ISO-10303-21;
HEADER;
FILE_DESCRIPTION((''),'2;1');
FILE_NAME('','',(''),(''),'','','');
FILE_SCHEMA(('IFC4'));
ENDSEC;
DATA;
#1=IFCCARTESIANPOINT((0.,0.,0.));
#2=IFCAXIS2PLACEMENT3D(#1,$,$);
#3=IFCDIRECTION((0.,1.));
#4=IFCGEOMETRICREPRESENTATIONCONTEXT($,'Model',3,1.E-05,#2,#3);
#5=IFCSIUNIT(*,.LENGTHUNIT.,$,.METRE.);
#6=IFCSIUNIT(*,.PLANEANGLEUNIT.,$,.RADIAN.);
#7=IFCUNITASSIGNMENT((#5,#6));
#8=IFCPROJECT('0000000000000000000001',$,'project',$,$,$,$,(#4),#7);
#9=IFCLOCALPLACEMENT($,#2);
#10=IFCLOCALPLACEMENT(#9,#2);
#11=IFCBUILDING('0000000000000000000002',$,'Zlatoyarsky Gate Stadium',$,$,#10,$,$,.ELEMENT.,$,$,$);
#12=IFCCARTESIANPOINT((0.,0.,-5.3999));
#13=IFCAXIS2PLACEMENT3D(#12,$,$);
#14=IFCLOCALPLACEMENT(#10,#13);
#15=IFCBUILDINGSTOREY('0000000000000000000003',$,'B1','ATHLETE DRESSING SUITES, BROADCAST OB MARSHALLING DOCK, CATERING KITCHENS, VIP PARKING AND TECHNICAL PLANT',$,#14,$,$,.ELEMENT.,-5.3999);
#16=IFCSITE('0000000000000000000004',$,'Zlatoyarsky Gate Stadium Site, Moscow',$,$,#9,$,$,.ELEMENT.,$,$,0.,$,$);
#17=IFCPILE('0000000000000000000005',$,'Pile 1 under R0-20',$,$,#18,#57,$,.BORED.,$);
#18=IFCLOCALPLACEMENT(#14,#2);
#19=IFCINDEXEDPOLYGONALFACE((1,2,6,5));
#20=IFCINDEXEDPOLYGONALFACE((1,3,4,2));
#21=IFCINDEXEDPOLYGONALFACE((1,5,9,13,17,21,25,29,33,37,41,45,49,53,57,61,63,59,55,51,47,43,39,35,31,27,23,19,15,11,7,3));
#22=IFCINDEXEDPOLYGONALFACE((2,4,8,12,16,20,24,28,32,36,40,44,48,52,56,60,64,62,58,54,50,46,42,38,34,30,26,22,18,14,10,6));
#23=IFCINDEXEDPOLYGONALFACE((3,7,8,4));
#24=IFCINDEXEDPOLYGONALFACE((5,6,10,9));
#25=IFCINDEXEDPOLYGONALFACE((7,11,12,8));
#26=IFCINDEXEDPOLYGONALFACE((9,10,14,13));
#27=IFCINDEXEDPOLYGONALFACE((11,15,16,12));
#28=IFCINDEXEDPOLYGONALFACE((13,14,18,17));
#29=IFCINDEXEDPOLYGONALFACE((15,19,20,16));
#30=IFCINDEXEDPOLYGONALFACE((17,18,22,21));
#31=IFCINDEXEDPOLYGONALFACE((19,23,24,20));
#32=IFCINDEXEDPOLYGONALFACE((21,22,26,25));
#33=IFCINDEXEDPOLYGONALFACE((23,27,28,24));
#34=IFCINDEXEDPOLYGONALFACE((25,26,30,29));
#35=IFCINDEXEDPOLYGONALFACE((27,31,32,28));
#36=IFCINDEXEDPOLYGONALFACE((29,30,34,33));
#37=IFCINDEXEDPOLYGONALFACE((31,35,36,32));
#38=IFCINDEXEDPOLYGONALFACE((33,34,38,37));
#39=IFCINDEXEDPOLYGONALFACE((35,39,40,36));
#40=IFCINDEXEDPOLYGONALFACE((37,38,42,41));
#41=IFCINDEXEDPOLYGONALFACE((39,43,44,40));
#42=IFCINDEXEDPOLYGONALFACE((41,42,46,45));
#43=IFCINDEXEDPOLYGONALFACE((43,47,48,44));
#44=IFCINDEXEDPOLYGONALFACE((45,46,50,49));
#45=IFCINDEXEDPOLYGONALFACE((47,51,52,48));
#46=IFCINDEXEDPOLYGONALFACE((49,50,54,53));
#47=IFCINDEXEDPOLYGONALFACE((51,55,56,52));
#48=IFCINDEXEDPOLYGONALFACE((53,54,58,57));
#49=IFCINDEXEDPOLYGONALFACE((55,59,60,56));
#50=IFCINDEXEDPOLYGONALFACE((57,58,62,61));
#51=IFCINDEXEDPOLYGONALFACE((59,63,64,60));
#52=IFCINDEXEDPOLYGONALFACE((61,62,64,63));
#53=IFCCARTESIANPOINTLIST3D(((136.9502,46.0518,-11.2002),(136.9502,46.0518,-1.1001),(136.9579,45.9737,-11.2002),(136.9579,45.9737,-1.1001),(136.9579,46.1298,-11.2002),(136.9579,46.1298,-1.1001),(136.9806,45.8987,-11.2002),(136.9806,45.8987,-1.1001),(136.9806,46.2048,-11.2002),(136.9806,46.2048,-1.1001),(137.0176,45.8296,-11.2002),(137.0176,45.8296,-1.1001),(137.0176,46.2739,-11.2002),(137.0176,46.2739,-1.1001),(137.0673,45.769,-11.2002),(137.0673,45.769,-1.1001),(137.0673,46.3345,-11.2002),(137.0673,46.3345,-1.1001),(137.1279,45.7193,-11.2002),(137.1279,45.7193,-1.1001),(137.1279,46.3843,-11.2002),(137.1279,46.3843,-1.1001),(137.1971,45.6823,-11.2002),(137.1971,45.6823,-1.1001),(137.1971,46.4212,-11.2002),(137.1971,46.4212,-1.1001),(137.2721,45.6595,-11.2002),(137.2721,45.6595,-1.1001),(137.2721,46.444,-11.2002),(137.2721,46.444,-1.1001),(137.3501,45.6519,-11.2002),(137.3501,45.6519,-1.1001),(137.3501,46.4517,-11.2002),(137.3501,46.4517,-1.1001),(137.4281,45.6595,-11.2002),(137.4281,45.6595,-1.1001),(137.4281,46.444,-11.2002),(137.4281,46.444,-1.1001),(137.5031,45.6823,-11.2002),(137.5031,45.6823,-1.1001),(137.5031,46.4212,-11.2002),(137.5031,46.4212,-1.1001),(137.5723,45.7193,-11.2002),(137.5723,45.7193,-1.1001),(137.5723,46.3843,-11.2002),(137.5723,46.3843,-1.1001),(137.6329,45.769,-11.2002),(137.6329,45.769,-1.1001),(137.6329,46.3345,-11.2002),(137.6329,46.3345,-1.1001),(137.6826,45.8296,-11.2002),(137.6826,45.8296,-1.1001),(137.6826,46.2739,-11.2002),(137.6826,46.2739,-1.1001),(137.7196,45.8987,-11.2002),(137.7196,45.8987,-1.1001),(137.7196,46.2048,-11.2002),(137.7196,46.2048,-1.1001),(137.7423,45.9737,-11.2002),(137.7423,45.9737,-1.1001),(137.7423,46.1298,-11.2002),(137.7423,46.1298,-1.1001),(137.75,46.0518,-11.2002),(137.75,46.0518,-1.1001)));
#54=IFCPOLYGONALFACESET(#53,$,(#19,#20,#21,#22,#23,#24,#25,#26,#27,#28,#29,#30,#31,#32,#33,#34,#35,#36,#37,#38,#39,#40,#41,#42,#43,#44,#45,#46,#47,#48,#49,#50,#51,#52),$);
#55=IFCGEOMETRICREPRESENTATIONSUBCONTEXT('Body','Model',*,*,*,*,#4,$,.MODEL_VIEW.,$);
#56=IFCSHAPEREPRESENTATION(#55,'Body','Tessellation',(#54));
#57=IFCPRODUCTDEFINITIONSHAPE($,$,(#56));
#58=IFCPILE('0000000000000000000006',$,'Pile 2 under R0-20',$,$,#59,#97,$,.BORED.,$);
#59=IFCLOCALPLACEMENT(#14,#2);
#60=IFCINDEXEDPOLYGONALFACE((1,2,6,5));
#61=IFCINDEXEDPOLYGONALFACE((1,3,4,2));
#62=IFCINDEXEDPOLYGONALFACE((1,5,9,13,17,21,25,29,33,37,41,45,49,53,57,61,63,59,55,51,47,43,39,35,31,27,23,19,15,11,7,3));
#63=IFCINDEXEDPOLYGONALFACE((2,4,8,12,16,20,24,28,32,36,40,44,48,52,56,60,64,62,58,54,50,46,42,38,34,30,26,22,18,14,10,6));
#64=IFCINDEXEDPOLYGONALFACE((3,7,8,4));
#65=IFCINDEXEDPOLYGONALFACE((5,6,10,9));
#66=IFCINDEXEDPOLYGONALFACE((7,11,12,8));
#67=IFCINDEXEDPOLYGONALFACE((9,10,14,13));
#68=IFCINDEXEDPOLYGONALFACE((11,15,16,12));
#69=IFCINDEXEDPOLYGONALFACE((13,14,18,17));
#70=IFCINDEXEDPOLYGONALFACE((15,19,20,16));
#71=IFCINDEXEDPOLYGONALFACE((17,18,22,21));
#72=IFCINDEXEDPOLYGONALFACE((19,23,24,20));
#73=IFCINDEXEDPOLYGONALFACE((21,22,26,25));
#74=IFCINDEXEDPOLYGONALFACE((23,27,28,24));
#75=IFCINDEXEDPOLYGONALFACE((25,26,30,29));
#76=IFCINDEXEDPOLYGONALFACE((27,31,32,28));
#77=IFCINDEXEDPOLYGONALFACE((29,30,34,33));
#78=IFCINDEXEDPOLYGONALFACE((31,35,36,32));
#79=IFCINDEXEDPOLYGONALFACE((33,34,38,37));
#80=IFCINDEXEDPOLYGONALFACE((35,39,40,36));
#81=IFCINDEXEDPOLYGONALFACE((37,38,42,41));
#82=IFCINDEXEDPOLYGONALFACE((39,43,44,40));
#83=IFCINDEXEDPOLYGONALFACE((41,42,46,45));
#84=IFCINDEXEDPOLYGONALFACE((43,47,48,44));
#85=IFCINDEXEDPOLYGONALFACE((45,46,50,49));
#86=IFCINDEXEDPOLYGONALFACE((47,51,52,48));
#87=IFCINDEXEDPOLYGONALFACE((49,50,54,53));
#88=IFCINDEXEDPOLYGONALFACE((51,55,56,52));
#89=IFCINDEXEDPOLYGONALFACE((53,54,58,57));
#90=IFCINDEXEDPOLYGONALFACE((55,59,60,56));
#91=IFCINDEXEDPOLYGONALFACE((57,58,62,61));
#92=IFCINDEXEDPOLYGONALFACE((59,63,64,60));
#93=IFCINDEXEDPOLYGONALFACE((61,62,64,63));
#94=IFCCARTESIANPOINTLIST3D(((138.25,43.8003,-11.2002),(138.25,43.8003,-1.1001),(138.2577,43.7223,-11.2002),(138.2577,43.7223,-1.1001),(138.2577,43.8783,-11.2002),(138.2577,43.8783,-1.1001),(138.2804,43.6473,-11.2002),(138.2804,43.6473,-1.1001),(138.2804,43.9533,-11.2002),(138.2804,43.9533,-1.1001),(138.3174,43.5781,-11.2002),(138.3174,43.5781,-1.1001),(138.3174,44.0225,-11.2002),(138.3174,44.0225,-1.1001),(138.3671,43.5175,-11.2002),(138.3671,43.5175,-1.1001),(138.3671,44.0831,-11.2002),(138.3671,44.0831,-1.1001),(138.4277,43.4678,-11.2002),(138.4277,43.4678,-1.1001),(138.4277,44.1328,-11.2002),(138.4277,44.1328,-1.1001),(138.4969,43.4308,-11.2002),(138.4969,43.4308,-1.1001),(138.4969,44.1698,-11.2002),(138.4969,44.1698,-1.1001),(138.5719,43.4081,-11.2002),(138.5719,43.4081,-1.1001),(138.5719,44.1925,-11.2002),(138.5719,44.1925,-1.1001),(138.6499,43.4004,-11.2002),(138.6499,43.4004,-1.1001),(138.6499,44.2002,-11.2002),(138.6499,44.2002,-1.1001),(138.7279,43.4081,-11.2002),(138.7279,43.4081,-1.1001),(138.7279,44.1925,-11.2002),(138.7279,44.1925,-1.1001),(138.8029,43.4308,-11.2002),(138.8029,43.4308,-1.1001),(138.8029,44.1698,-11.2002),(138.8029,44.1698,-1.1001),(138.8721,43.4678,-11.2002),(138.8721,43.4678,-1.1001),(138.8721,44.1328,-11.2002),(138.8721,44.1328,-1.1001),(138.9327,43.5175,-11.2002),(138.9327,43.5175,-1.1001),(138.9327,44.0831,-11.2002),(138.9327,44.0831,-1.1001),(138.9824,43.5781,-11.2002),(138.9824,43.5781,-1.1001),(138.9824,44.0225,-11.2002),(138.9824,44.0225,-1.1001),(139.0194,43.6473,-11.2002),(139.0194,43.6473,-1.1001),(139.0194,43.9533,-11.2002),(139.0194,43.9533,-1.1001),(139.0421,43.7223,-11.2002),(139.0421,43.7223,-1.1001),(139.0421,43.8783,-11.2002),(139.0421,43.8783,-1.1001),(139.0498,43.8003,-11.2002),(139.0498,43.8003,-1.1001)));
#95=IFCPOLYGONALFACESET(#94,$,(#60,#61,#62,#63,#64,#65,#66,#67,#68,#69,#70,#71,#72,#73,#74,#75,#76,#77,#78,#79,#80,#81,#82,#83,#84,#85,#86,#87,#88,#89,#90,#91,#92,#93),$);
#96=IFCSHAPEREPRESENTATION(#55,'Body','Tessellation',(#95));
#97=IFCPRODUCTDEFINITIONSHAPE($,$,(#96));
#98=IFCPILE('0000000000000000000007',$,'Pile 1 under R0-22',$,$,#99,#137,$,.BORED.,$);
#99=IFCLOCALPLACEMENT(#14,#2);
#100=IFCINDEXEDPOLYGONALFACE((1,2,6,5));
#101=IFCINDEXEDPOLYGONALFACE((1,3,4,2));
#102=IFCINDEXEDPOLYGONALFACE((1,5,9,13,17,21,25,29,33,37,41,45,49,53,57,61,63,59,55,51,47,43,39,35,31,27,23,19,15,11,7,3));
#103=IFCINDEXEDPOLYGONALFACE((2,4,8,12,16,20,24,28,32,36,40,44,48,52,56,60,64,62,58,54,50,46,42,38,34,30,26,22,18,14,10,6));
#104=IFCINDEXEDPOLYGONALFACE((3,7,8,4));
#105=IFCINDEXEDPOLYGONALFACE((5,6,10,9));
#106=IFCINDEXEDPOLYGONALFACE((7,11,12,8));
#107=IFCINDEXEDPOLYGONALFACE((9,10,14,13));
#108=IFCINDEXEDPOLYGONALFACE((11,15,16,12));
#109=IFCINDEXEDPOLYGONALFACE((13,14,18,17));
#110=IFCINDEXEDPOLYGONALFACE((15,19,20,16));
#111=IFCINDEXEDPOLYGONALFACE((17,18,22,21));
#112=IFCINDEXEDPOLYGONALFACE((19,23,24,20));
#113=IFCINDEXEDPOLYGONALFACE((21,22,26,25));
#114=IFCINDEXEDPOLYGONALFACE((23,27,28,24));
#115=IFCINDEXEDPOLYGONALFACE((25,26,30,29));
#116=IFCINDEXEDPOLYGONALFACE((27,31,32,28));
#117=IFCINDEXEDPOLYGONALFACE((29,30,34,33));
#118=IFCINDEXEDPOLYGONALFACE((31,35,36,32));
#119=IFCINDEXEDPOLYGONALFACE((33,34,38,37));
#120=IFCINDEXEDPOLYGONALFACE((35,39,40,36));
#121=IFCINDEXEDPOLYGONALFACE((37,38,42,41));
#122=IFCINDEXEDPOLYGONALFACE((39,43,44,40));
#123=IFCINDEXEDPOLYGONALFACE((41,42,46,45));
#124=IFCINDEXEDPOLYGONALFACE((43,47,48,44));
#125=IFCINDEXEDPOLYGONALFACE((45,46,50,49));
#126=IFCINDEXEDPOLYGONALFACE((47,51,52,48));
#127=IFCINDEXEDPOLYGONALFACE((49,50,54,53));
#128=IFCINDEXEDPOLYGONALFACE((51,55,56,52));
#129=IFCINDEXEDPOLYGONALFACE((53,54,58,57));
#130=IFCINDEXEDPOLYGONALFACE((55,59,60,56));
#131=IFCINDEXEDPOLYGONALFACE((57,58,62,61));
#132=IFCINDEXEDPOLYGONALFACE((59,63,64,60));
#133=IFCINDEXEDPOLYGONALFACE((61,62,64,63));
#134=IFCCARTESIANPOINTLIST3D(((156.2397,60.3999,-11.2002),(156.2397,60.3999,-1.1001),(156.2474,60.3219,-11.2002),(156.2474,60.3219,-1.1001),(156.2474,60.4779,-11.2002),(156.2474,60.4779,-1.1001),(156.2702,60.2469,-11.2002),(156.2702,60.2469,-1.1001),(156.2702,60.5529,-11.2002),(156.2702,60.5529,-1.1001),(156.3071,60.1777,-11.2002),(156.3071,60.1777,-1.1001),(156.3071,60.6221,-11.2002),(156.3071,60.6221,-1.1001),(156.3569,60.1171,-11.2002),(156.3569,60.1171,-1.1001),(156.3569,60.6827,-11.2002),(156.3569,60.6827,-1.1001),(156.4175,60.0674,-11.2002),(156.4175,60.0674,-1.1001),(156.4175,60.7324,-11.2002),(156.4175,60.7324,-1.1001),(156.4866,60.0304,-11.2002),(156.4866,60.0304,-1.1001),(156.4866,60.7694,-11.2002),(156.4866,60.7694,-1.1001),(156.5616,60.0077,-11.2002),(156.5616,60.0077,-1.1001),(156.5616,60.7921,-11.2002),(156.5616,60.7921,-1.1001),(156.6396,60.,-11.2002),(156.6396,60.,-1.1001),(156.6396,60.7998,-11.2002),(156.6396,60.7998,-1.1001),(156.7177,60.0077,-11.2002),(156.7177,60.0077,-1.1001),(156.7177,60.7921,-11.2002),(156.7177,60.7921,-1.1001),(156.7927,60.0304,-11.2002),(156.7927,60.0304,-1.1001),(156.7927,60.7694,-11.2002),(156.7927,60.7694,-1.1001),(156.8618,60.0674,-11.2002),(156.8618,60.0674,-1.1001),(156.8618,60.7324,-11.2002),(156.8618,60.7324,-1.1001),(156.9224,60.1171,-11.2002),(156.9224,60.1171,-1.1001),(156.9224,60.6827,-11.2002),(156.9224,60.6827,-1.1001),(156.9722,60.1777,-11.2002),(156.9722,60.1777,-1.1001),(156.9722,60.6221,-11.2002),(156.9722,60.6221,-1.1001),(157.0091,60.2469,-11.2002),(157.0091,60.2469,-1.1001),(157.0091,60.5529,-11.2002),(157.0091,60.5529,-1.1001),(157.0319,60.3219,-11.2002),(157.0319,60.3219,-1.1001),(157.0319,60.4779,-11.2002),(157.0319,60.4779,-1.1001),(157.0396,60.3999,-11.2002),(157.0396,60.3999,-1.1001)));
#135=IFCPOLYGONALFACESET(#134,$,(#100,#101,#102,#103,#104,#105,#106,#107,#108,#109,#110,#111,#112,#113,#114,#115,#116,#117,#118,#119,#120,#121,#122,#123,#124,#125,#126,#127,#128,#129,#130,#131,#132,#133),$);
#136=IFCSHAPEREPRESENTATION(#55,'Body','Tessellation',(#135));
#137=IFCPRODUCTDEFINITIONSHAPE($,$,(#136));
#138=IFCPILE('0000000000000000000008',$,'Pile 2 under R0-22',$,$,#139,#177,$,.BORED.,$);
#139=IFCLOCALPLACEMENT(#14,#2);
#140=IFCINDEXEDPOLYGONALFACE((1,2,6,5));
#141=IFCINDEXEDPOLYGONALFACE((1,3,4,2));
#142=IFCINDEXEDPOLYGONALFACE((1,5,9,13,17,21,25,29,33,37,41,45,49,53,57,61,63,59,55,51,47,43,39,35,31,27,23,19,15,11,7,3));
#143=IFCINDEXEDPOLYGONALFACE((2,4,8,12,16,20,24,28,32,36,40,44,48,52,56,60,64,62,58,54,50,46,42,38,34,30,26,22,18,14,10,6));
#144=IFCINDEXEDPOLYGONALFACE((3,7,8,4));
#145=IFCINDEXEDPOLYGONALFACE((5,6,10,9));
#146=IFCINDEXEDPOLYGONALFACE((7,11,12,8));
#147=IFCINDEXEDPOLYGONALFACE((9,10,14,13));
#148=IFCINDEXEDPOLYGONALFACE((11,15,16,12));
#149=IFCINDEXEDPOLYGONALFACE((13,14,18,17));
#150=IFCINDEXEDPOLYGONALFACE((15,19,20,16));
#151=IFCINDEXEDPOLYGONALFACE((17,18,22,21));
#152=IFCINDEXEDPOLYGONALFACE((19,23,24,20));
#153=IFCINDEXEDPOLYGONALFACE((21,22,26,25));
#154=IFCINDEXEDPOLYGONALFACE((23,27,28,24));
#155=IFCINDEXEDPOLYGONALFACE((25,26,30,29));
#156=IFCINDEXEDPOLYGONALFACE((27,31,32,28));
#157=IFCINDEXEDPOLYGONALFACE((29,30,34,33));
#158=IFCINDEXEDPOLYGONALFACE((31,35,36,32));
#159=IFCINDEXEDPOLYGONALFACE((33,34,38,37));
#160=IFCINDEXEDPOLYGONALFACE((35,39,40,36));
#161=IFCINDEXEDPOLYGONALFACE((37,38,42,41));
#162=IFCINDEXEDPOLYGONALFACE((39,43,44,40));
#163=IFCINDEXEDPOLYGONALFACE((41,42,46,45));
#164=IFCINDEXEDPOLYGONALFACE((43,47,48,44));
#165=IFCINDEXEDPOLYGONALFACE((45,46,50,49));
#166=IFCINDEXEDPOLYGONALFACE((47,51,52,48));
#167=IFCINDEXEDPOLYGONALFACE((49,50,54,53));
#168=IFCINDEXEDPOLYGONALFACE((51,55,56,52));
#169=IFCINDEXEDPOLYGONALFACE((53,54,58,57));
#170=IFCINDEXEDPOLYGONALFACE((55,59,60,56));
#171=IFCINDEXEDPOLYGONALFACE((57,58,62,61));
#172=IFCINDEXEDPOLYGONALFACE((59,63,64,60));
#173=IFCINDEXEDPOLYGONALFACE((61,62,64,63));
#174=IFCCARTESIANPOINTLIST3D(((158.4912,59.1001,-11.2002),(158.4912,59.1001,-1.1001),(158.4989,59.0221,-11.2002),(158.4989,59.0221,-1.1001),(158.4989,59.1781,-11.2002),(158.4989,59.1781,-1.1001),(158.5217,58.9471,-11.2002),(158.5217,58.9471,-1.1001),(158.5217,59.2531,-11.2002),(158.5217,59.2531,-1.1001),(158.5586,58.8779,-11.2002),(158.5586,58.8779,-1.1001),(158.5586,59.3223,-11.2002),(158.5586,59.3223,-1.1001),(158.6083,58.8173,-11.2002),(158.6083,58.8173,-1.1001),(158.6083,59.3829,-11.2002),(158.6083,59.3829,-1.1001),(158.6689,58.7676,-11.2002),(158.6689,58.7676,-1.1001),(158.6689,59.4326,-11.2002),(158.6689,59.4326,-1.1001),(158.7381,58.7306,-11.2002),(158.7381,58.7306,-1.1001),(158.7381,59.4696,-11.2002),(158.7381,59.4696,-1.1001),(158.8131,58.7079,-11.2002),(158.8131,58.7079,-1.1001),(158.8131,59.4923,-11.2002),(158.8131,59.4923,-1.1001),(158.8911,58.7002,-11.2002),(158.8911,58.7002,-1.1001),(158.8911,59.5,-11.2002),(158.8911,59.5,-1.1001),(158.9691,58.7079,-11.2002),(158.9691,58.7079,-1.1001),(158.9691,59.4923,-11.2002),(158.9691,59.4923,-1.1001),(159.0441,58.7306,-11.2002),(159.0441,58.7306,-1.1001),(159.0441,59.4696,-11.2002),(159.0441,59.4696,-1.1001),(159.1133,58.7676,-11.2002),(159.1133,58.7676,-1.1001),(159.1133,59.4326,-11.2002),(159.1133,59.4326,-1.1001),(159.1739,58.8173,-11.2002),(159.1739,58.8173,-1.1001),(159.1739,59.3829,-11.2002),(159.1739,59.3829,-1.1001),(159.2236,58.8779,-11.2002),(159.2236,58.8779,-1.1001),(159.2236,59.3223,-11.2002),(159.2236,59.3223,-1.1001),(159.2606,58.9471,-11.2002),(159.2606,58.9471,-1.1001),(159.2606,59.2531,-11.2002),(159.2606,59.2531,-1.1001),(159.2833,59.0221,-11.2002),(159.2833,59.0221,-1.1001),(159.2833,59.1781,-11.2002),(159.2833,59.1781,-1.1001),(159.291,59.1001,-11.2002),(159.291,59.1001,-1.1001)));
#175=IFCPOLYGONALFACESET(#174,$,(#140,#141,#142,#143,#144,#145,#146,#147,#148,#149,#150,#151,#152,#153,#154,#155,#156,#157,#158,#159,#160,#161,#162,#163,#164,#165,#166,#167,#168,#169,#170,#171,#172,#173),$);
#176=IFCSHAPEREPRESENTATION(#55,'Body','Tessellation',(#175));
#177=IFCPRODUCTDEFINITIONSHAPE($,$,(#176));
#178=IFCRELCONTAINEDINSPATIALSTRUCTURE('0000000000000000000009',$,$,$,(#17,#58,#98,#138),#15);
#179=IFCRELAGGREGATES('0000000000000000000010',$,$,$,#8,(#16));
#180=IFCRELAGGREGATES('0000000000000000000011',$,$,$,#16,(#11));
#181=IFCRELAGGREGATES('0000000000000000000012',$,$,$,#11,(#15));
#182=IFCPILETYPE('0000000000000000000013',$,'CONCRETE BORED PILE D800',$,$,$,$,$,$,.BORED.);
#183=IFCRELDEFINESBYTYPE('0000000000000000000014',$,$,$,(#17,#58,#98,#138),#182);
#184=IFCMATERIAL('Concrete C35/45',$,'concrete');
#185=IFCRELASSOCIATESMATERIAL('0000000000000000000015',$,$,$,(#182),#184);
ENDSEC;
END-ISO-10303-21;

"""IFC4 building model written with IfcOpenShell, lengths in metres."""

from ifc_helpers import new_model, si_unit, direction, frame, origin, origin_2d, place, context, subcontext, project, spatial, circle, extrude, material, material_profile, profile_set, type_object, element, save


model = new_model("IFC4")

# Units and contexts
model_context = context("Model", 3, precision=1e-05, world=origin(), true_north=direction((0.0, 1.0)))
body_context = subcontext(model_context, "Body", "Model", "MODEL_VIEW")
ifc_project = project(units=[si_unit("LENGTHUNIT", "METRE"), si_unit("PLANEANGLEUNIT", "RADIAN")], contexts=[model_context])

# Site, building, storey
site_placement = place(None, origin())
site = spatial("IfcSite", under=ifc_project, at=site_placement, Name="Zlatoyarsky Gate Stadium Site, Moscow", CompositionType="ELEMENT", RefElevation=0.0)
building_placement = place(site_placement, origin())
building = spatial("IfcBuilding", under=site, at=building_placement, Name="Zlatoyarsky Gate Stadium", CompositionType="ELEMENT")
storey_placement = place(building_placement, frame((0.0, 0.0, -5.3999)))
storey = spatial("IfcBuildingStorey", under=building, at=storey_placement, Name="B1", Description="ATHLETE DRESSING SUITES, BROADCAST OB MARSHALLING DOCK, CATERING KITCHENS, VIP PARKING AND TECHNICAL PLANT", CompositionType="ELEMENT", Elevation=-5.3999)

# Piles
ifc_material_1 = material(Name="Concrete C35/45", Category="concrete")
ifc_material_profile_1 = material_profile(ifc_material_1, circle(Radius=0.3999, at=origin_2d()), Name="BORED PILE D800")
ifc_profile_set_1 = profile_set([ifc_material_profile_1], Name="Concrete C35/45")
pile_type_1 = type_object("IfcPileType", Name="CONCRETE BORED PILE D800", PredefinedType="BORED", material=ifc_profile_set_1)
for number, where, z_axis, x_axis, name in (
    (1, (137.3501, 46.0518, -1.1001), (0.0, 0.0, -1.0), (1.0, 0.0, 0.0), "Pile 1 under R0-20"),
    (2, (138.6499, 43.8003, -1.1001), (0.0, 0.0, -1.0), (1.0, 0.0, 0.0), "Pile 2 under R0-20"),
    (3, (156.6396, 60.3999, -1.1001), (0.0, 0.0, -1.0), (1.0, 0.0, 0.0), "Pile 1 under R0-22"),
    (4, (158.8911, 59.1001, -1.1001), (0.0, 0.0, -1.0), (1.0, 0.0, 0.0), "Pile 2 under R0-22"),
):
    element("IfcPile", number, at=place(storey_placement, frame(where, z_axis=z_axis, x_axis=x_axis)), inside=storey, type_object=pile_type_1, Name=name, PredefinedType="BORED", context=body_context, shape_type="SweptSolid", body=[
        extrude(circle(Radius=0.3999, at=origin_2d()), origin(), (0.0, 0.0, 1.0), 10.1001),
    ])

save(model, "model.ifc")
